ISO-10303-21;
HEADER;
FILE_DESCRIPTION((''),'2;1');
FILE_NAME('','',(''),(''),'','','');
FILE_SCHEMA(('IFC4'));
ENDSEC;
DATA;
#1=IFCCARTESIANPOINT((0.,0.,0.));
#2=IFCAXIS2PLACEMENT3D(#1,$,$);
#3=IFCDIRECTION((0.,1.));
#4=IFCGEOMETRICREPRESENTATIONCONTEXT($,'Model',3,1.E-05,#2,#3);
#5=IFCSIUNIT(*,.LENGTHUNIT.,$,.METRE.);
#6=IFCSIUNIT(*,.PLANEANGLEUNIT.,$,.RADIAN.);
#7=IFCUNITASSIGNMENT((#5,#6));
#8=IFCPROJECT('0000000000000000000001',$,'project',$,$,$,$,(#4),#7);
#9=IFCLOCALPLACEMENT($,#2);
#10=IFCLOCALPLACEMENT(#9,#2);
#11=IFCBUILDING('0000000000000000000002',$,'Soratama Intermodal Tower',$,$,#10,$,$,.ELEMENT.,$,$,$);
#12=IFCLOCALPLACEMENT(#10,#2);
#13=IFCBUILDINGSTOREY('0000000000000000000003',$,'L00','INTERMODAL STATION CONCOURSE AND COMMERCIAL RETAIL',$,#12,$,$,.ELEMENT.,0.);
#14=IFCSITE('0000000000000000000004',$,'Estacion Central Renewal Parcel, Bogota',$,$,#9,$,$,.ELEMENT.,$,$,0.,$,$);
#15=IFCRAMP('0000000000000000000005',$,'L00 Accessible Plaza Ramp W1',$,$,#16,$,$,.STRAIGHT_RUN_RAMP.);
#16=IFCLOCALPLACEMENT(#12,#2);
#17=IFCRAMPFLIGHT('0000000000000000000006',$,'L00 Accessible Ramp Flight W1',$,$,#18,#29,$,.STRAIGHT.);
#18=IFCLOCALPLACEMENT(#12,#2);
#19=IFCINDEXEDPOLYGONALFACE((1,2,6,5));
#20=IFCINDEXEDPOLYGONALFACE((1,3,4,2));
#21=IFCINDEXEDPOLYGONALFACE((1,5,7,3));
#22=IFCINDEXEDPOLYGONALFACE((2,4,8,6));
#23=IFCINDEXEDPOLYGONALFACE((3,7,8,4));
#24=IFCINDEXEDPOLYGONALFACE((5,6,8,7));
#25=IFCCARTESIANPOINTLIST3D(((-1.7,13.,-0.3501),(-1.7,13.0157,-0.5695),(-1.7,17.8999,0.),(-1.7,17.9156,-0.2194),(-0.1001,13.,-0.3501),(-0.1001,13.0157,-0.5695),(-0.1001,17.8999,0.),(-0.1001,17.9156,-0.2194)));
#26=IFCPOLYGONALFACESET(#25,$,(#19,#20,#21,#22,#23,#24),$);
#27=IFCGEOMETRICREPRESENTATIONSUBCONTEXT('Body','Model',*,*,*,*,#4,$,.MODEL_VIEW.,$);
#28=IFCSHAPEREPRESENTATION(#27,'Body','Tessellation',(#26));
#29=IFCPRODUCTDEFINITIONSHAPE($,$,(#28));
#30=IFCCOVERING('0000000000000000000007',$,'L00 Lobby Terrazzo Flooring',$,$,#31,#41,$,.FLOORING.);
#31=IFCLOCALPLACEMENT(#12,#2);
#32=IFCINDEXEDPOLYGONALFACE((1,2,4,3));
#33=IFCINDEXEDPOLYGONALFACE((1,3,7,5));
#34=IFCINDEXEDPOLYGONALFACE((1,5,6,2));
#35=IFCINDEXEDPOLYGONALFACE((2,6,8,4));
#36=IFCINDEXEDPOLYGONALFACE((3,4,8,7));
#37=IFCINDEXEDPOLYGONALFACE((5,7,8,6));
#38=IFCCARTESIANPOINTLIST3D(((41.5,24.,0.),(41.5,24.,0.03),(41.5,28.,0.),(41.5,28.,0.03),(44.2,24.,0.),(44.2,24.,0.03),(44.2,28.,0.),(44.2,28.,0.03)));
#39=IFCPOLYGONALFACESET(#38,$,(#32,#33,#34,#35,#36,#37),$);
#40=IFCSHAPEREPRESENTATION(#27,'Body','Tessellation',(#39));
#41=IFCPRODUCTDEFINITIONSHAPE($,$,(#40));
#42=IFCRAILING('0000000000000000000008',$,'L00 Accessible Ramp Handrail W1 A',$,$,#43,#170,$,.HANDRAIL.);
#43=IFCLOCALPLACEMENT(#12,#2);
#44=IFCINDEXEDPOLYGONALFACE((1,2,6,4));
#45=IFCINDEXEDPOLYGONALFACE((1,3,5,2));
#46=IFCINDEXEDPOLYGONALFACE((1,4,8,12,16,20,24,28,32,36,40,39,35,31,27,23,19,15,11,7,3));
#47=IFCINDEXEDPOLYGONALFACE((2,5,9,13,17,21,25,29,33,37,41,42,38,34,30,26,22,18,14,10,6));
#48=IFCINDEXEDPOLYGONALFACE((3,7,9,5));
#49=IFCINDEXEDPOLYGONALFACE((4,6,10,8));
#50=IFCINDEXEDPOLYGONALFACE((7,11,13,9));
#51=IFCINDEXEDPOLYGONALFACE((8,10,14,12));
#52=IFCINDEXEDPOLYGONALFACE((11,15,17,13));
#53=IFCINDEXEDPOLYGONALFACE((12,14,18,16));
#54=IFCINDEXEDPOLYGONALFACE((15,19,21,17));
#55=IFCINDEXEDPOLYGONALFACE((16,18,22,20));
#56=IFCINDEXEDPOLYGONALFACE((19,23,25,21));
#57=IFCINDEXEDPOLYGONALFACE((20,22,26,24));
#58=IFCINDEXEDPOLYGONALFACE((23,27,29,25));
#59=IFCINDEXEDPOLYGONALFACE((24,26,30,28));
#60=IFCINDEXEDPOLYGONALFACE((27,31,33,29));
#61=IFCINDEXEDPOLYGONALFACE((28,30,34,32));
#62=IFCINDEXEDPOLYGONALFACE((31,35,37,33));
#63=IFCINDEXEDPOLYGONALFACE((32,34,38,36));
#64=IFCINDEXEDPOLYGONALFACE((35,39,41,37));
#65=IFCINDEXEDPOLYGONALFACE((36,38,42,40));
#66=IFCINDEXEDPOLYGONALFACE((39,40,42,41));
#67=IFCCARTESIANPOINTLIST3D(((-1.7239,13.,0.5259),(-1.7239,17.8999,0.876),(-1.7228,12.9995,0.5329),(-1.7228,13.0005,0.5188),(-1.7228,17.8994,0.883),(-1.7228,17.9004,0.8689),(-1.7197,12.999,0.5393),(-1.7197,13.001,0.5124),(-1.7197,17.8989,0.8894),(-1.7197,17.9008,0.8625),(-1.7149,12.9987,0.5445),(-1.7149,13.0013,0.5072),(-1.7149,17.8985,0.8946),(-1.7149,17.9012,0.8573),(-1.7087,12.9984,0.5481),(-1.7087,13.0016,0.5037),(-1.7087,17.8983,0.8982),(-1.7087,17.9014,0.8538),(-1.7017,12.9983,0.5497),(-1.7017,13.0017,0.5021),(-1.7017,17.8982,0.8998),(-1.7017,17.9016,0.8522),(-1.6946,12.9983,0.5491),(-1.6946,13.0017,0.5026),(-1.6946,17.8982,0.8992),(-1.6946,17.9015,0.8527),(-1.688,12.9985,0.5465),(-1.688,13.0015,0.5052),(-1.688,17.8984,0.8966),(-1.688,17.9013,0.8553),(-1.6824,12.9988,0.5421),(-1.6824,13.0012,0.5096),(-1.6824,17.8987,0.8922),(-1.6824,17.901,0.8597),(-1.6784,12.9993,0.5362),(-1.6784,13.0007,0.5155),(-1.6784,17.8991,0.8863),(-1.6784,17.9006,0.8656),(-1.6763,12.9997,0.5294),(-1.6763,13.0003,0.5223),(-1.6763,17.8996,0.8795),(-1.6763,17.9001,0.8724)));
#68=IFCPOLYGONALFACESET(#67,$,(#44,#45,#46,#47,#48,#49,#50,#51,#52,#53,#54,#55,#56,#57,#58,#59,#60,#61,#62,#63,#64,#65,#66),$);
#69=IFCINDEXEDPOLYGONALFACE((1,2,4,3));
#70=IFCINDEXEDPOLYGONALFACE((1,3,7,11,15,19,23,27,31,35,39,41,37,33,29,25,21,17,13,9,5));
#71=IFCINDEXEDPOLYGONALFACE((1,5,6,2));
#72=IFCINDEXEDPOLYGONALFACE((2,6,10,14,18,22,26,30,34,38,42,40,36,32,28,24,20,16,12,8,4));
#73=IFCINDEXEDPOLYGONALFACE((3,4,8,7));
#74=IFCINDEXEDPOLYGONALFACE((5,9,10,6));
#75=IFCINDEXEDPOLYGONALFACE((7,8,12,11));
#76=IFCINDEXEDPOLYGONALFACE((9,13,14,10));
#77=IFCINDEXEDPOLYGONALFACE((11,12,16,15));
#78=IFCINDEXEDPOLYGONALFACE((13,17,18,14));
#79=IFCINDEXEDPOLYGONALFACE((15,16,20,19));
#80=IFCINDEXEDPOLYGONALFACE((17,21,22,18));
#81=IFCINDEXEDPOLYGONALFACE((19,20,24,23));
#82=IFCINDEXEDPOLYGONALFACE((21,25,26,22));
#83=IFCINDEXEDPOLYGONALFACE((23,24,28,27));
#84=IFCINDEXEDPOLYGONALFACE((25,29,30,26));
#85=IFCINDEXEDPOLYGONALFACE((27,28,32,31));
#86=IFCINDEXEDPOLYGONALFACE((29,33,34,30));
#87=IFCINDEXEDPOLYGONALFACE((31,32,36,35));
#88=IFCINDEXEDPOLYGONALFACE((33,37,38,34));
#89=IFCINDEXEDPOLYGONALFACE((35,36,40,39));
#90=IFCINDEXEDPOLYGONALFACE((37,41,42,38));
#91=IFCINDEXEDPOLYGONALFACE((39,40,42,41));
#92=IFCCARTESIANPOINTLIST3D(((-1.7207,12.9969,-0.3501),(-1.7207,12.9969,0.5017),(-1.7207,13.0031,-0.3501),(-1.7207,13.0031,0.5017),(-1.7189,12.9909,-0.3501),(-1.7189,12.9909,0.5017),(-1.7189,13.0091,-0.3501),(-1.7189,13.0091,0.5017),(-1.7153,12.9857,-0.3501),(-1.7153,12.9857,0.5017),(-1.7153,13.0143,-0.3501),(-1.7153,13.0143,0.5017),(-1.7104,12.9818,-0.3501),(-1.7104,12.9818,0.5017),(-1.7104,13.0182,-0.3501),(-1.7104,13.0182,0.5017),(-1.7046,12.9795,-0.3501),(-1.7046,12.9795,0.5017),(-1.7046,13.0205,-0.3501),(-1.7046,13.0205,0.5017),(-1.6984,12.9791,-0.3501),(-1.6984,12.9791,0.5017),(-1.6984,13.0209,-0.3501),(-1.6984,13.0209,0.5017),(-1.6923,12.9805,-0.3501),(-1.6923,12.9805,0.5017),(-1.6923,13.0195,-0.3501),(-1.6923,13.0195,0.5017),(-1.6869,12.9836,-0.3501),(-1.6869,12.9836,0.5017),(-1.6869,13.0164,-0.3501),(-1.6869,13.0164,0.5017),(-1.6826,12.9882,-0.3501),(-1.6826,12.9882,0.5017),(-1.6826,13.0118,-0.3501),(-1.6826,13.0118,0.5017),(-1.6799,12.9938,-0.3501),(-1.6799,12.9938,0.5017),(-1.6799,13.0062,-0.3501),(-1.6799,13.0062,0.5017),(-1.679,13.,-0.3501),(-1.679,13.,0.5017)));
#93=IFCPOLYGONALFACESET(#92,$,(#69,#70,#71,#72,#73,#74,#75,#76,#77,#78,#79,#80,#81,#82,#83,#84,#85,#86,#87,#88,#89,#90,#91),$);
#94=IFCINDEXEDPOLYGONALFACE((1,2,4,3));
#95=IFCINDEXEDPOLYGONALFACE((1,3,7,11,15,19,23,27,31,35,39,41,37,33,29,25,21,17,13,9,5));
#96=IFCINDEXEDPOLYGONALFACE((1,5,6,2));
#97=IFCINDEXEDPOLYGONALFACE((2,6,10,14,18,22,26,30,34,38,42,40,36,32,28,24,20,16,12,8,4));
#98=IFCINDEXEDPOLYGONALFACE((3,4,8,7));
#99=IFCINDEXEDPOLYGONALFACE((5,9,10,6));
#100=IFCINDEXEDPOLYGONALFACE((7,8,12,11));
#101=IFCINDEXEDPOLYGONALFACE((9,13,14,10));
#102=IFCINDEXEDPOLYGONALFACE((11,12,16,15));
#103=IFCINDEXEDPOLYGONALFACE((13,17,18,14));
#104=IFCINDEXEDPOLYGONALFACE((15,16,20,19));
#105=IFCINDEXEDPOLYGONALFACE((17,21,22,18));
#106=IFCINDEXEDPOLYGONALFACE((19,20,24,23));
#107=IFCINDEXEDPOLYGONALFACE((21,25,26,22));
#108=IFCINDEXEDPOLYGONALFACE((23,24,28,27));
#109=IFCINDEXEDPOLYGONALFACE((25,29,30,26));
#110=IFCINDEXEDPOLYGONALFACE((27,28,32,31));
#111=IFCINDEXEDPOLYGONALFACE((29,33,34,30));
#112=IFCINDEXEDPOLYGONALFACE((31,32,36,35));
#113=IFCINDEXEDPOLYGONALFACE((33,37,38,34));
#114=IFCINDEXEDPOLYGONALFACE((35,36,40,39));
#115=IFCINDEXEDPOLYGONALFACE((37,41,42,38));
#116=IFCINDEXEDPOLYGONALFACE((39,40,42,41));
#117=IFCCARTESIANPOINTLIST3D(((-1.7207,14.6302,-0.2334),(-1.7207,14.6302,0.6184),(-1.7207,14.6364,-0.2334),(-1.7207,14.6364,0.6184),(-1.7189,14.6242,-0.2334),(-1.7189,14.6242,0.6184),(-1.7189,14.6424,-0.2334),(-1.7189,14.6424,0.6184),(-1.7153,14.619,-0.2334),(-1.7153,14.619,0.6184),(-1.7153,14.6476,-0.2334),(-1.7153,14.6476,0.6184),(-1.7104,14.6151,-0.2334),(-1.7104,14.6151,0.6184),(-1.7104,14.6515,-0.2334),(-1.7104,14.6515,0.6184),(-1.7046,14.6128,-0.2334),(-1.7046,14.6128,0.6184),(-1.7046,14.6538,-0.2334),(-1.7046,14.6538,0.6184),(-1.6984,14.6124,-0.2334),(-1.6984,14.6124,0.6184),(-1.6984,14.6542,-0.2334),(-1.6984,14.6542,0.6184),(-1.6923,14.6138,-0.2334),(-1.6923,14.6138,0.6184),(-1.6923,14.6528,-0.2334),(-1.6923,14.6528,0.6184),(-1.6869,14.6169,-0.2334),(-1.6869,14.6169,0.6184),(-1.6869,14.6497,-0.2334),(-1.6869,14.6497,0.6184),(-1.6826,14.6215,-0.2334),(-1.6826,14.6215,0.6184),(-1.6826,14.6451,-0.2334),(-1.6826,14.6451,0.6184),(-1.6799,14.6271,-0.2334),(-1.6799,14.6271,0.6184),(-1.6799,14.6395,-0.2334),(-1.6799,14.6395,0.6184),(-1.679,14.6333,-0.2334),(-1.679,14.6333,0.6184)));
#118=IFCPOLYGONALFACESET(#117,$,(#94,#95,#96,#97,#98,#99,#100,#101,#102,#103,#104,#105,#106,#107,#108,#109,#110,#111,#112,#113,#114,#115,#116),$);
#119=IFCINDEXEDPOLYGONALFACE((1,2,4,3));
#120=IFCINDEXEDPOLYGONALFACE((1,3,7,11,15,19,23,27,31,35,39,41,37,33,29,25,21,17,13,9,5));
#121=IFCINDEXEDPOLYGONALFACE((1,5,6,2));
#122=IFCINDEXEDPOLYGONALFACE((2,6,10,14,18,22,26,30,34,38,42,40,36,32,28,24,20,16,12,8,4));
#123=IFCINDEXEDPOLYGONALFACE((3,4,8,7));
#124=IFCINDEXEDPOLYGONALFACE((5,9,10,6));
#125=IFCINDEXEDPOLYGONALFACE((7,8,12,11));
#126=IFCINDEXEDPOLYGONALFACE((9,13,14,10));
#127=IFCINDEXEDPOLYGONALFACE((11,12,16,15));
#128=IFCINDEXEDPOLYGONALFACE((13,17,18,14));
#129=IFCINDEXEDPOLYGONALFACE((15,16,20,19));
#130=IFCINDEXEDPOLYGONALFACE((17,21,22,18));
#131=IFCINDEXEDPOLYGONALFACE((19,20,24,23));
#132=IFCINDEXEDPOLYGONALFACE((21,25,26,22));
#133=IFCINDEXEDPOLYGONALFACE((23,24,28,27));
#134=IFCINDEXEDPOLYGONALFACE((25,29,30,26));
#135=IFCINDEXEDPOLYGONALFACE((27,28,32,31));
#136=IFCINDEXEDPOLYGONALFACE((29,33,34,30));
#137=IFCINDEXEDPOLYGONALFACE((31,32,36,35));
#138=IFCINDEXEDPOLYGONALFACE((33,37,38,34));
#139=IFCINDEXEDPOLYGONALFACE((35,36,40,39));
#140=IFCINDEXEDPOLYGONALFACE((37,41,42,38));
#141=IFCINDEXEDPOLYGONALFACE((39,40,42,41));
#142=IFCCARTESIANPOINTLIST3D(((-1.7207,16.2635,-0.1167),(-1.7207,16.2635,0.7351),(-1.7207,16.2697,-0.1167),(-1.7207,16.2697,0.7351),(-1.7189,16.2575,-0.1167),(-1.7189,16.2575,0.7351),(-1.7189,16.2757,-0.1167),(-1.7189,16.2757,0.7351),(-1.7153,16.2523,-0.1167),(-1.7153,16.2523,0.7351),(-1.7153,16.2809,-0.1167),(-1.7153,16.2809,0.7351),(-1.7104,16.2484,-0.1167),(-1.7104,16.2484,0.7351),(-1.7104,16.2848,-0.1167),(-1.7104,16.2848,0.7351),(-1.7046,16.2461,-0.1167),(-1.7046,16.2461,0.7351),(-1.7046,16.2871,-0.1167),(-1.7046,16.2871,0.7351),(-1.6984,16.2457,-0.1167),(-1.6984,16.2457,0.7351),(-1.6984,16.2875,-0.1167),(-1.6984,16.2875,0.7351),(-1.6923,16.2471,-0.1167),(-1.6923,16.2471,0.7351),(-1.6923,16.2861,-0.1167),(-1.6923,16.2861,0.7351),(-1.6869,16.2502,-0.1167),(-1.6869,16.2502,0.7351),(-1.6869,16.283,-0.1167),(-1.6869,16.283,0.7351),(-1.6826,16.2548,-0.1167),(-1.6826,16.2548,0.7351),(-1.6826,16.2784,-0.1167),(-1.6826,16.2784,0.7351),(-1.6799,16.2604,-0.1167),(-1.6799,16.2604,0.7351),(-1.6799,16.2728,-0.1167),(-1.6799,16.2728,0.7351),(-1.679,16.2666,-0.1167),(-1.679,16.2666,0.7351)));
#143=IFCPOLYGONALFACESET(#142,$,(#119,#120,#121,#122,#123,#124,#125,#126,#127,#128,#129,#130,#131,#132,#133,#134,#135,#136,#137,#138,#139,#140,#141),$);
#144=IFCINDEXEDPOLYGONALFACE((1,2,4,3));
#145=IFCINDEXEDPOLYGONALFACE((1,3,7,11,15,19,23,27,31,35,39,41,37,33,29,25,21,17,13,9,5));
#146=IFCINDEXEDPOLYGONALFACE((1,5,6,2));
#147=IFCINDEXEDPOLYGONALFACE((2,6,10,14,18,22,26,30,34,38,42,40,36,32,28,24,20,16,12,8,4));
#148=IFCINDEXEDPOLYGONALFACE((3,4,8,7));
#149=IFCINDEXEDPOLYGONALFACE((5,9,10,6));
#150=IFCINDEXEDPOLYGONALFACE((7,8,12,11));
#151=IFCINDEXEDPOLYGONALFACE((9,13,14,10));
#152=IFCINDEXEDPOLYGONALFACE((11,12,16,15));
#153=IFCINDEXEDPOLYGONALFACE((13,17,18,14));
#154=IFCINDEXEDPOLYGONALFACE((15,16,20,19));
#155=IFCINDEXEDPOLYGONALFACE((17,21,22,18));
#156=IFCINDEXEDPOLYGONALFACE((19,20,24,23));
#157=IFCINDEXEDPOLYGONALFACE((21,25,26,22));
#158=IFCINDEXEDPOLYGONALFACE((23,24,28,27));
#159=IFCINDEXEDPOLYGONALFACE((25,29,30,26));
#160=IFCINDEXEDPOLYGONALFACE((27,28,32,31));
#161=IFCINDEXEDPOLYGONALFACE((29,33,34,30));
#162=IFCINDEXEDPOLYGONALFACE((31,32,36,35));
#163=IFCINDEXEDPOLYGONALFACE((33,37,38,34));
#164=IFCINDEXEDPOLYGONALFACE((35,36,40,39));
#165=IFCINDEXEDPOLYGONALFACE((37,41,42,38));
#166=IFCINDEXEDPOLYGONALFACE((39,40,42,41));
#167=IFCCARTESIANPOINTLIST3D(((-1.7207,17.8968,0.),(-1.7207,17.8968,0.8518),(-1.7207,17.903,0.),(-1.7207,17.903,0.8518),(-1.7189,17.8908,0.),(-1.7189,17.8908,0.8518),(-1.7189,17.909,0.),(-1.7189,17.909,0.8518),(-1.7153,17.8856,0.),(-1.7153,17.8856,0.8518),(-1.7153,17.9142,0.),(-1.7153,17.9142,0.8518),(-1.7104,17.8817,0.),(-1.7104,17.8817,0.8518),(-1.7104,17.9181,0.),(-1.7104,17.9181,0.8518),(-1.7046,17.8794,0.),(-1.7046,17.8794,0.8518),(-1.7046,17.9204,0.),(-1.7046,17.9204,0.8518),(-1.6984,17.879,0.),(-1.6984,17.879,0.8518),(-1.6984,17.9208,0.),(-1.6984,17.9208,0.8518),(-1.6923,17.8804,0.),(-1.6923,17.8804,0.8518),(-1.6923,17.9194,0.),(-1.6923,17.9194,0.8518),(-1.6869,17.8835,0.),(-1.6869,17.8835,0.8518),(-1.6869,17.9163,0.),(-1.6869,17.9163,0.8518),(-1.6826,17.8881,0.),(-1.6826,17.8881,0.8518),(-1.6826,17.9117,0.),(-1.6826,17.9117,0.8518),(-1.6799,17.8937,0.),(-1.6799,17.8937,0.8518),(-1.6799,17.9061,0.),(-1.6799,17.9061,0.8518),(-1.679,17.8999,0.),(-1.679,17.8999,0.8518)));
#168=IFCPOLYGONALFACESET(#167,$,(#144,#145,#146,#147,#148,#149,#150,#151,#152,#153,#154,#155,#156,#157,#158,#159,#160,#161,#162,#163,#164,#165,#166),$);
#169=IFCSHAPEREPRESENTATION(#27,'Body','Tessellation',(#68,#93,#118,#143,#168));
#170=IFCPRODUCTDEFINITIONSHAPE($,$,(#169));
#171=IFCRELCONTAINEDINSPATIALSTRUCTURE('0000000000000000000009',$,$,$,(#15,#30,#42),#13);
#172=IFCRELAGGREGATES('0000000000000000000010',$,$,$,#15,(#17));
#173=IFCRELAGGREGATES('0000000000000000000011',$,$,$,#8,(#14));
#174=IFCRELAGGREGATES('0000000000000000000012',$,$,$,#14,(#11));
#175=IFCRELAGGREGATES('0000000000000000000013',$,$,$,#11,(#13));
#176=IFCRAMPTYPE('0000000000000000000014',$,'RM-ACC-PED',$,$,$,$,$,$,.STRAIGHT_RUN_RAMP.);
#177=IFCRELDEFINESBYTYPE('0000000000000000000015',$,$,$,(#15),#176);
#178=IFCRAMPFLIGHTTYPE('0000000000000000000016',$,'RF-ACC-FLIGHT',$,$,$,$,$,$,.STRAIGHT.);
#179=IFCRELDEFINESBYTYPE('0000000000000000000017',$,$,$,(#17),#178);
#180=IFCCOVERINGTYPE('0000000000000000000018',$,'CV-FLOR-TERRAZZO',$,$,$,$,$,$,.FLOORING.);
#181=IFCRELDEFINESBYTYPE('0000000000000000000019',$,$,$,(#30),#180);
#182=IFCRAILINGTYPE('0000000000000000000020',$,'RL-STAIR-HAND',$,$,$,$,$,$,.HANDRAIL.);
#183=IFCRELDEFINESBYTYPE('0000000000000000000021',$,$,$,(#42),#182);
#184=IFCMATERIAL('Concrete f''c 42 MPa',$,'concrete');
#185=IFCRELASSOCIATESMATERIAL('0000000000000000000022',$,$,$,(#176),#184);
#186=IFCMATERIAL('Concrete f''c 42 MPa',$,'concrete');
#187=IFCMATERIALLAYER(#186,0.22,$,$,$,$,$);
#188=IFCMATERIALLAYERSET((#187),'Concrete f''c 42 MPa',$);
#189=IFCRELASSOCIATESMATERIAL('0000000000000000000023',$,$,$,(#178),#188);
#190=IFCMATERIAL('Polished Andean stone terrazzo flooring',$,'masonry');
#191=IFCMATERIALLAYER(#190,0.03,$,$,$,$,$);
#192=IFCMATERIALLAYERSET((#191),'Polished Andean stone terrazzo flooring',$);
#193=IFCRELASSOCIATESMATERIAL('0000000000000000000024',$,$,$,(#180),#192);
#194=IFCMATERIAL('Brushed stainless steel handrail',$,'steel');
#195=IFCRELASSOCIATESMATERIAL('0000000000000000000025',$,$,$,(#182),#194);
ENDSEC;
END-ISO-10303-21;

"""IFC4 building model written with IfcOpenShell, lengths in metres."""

from ifc_helpers import new_model, si_unit, direction, frame, origin, origin_2d, place, context, subcontext, project, spatial, polyline, circle, outline, extrude, material, layer, layer_set, type_object, element, aggregate, save


model = new_model("IFC4")

# Units and contexts
model_context = context("Model", 3, precision=1e-05, world=origin(), true_north=direction((0.0, 1.0)))
body_context = subcontext(model_context, "Body", "Model", "MODEL_VIEW")
ifc_project = project(units=[si_unit("LENGTHUNIT", "METRE"), si_unit("PLANEANGLEUNIT", "RADIAN")], contexts=[model_context])

# Site, building, storey
site_placement = place(None, origin())
site = spatial("IfcSite", under=ifc_project, at=site_placement, Name="Estacion Central Renewal Parcel, Bogota", CompositionType="ELEMENT", RefElevation=0.0)
building_placement = place(site_placement, origin())
building = spatial("IfcBuilding", under=site, at=building_placement, Name="Soratama Intermodal Tower", CompositionType="ELEMENT")
storey_placement = place(building_placement, origin())
storey = spatial("IfcBuildingStorey", under=building, at=storey_placement, Name="L00", Description="INTERMODAL STATION CONCOURSE AND COMMERCIAL RETAIL", CompositionType="ELEMENT", Elevation=0.0)

# Ramp, ramp flight
ifc_material_1 = material(Name="Concrete f'c 42 MPa", Category="concrete")
ramp_type = type_object("IfcRampType", Name="RM-ACC-PED", PredefinedType="STRAIGHT_RUN_RAMP", material=ifc_material_1)
ramp_placement = place(storey_placement, origin())
ramp = element("IfcRamp", 1, at=ramp_placement, inside=storey, type_object=ramp_type, Name="L00 Accessible Plaza Ramp W1", PredefinedType="STRAIGHT_RUN_RAMP")
ifc_material_2 = material(Name="Concrete f'c 42 MPa", Category="concrete")
ifc_layer_1 = layer(ifc_material_2, 0.22)
ifc_layer_set_1 = layer_set([ifc_layer_1], Name="Concrete f'c 42 MPa")
ramp_flight_type = type_object("IfcRampFlightType", Name="RF-ACC-FLIGHT", PredefinedType="STRAIGHT", material=ifc_layer_set_1)
ramp_flight_placement = place(storey_placement, frame((-1.7, 13.0, -0.3501), z_axis=(0.0, -0.071268, 0.997457), x_axis=(1.0, 0.0, 0.0)))
ramp_flight = element("IfcRampFlight", 2, at=ramp_flight_placement, type_object=ramp_flight_type, Name="L00 Accessible Ramp Flight W1", PredefinedType="STRAIGHT", context=body_context, shape_type="SweptSolid", body=[
    extrude(outline(polyline([(0.0, 0.0), (1.5999, 0.0), (1.5999, 4.9124), (0.0, 4.9124), (0.0, 0.0)])), origin(), (0.0, 0.0, -1.0), 0.22),
])
aggregate(ramp, [ramp_flight])

# Covering
ifc_material_3 = material(Name="Polished Andean stone terrazzo flooring", Category="masonry")
ifc_layer_2 = layer(ifc_material_3, 0.03)
ifc_layer_set_2 = layer_set([ifc_layer_2], Name="Polished Andean stone terrazzo flooring")
covering_type = type_object("IfcCoveringType", Name="CV-FLOR-TERRAZZO", PredefinedType="FLOORING", material=ifc_layer_set_2)
covering_placement = place(storey_placement, origin())
element("IfcCovering", 3, at=covering_placement, inside=storey, type_object=covering_type, Name="L00 Lobby Terrazzo Flooring", PredefinedType="FLOORING", context=body_context, shape_type="SweptSolid", body=[
    extrude(outline(polyline([(41.5, 24.0), (44.2, 24.0), (44.2, 28.0), (41.5, 28.0), (41.5, 24.0)])), origin(), (0.0, 0.0, 1.0), 0.03),
])

# Railing
ifc_material_4 = material(Name="Brushed stainless steel handrail", Category="steel")
railing_type = type_object("IfcRailingType", Name="RL-STAIR-HAND", PredefinedType="HANDRAIL", material=ifc_material_4)
for number, where, name in (
    (4, (-1.7, 13.0, -0.3501), "L00 Accessible Ramp Handrail W1 A"),
):
    element("IfcRailing", number, at=place(storey_placement, frame(where)), inside=storey, type_object=railing_type, Name=name, PredefinedType="HANDRAIL", context=body_context, shape_type="SweptSolid", body=[
        extrude(circle(Radius=0.0239, at=origin_2d()), frame((0.0, 0.0, 0.876), z_axis=(0.0, 0.997457, 0.071268), x_axis=(-1.0, 0.0, 0.0)), (0.0, 0.0, 1.0), 4.9124),
        extrude(circle(Radius=0.021, at=origin_2d()), origin(), (0.0, 0.0, 1.0), 0.8518),
        extrude(circle(Radius=0.021, at=origin_2d()), frame((0.0, 1.6333, 0.1167)), (0.0, 0.0, 1.0), 0.8518),
        extrude(circle(Radius=0.021, at=origin_2d()), frame((0.0, 3.2666, 0.2334)), (0.0, 0.0, 1.0), 0.8518),
        extrude(circle(Radius=0.021, at=origin_2d()), frame((0.0, 4.8999, 0.3501)), (0.0, 0.0, 1.0), 0.8518),
    ])

save(model, "model.ifc")
